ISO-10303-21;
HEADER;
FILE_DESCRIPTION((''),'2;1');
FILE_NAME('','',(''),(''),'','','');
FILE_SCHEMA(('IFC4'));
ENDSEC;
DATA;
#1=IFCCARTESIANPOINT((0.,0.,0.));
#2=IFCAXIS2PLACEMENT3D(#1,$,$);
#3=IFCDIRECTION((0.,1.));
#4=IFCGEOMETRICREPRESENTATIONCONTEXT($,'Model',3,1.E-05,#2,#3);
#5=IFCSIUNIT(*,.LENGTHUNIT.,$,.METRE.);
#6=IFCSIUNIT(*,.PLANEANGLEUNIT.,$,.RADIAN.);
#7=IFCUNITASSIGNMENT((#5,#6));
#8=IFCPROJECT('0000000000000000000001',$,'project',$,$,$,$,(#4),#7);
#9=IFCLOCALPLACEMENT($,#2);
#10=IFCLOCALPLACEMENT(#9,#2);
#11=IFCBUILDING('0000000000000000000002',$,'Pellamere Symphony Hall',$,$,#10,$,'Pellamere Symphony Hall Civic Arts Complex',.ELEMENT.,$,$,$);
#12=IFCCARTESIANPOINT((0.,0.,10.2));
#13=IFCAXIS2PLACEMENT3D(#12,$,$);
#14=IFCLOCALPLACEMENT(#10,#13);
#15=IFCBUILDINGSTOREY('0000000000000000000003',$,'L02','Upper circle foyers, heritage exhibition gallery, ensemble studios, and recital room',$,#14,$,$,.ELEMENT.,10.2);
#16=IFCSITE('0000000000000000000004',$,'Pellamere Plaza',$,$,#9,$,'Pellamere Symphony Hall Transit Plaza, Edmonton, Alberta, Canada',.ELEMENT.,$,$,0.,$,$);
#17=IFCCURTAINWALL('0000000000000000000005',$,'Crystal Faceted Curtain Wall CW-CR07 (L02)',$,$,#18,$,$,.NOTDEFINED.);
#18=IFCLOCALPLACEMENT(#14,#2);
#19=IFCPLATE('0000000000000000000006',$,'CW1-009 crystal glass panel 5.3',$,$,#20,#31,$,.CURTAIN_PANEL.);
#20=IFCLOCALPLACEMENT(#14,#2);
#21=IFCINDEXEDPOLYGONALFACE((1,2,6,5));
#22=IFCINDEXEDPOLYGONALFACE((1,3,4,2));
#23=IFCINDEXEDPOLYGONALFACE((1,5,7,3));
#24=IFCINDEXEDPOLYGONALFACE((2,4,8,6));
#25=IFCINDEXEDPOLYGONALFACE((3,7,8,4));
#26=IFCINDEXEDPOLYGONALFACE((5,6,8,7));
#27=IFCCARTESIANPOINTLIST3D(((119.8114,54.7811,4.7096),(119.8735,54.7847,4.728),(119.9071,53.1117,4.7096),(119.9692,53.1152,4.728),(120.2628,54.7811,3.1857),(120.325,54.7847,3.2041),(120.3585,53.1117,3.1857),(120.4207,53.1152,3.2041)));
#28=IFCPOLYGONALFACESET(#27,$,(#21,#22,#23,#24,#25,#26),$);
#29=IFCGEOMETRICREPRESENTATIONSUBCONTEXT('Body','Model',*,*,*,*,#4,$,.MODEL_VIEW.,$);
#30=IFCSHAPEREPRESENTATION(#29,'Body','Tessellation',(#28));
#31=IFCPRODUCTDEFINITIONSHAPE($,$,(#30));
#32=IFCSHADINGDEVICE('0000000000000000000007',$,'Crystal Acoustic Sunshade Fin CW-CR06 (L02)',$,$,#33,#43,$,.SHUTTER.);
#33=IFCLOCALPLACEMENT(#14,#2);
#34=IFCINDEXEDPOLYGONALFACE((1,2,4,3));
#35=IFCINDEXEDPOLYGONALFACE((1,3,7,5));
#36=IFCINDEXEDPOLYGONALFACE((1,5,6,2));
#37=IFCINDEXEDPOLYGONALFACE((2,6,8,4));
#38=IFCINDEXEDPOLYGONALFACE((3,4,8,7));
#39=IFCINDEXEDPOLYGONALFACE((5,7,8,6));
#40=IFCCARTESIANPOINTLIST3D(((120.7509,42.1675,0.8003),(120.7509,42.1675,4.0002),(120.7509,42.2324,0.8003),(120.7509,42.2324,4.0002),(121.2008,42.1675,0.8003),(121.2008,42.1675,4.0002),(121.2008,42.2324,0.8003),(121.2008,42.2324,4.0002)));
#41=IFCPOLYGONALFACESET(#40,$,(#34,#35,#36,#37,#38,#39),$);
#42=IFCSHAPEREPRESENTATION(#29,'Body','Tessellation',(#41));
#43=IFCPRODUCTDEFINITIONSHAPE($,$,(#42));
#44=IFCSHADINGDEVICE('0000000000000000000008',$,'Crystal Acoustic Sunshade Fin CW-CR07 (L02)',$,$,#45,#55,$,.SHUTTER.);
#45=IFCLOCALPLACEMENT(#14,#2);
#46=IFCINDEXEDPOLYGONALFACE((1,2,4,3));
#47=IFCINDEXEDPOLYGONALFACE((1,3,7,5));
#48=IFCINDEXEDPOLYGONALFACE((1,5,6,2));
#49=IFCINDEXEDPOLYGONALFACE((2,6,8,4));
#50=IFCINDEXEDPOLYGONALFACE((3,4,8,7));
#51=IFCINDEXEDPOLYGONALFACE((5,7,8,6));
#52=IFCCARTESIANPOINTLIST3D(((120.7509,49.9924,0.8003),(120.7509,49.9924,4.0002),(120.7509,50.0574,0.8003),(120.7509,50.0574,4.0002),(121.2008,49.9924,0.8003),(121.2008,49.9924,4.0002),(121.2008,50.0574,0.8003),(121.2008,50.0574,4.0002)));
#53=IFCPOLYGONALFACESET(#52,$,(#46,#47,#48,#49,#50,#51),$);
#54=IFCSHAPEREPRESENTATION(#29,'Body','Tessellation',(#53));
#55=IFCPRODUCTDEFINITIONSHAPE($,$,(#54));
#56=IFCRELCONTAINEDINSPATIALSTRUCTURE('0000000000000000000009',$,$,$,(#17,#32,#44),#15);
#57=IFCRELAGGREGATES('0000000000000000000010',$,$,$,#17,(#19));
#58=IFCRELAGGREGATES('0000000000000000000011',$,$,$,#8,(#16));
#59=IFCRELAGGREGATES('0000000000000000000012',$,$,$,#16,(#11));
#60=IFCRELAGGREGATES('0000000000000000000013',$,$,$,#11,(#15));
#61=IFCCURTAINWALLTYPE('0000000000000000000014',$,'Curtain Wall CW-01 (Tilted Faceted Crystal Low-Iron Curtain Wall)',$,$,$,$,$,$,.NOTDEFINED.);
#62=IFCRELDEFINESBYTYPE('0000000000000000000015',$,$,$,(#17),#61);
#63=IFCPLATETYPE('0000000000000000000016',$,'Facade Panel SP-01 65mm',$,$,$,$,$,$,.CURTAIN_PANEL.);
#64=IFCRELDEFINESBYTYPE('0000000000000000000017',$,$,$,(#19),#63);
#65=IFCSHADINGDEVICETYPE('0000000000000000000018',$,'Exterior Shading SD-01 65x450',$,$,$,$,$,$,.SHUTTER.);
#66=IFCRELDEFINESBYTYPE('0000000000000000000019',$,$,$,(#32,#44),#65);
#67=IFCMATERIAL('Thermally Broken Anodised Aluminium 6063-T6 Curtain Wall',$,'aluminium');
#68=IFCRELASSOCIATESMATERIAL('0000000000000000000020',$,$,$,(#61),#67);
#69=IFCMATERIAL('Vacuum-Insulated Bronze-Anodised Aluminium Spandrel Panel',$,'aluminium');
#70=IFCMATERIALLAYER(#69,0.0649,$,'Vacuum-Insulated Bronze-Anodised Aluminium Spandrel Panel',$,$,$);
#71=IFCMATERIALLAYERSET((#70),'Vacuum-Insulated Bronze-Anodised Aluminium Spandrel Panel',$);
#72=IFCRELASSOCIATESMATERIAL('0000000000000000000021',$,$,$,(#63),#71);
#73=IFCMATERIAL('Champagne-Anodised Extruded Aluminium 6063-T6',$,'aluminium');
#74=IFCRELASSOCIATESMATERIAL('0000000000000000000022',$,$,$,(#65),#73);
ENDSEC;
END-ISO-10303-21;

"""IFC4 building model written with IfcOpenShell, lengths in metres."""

from ifc_helpers import new_model, si_unit, direction, frame, origin, origin_2d, place, context, subcontext, project, spatial, polyline, rectangle, outline, extrude, material, layer, layer_set, type_object, element, aggregate, save


model = new_model("IFC4")

# Units and contexts
model_context = context("Model", 3, precision=1e-05, world=origin(), true_north=direction((0.0, 1.0)))
body_context = subcontext(model_context, "Body", "Model", "MODEL_VIEW")
ifc_project = project(units=[si_unit("LENGTHUNIT", "METRE"), si_unit("PLANEANGLEUNIT", "RADIAN")], contexts=[model_context])

# Site, building, storey
site_placement = place(None, origin())
site = spatial("IfcSite", under=ifc_project, at=site_placement, Name="Pellamere Plaza", LongName="Pellamere Symphony Hall Transit Plaza, Edmonton, Alberta, Canada", CompositionType="ELEMENT", RefElevation=0.0)
building_placement = place(site_placement, origin())
building = spatial("IfcBuilding", under=site, at=building_placement, Name="Pellamere Symphony Hall", LongName="Pellamere Symphony Hall Civic Arts Complex", CompositionType="ELEMENT")
storey_placement = place(building_placement, frame((0.0, 0.0, 10.2)))
storey = spatial("IfcBuildingStorey", under=building, at=storey_placement, Name="L02", Description="Upper circle foyers, heritage exhibition gallery, ensemble studios, and recital room", CompositionType="ELEMENT", Elevation=10.2)

# Curtain wall
ifc_material_1 = material(Name="Thermally Broken Anodised Aluminium 6063-T6 Curtain Wall", Category="aluminium")
curtain_wall_type = type_object("IfcCurtainWallType", Name="Curtain Wall CW-01 (Tilted Faceted Crystal Low-Iron Curtain Wall)", PredefinedType="NOTDEFINED", material=ifc_material_1)
curtain_wall_1_placement = place(storey_placement, origin())
curtain_wall_1 = element("IfcCurtainWall", 1, at=curtain_wall_1_placement, inside=storey, type_object=curtain_wall_type, Name="Crystal Faceted Curtain Wall CW-CR07 (L02)", PredefinedType="NOTDEFINED")

# Plate
ifc_material_2 = material(Name="Vacuum-Insulated Bronze-Anodised Aluminium Spandrel Panel", Category="aluminium")
ifc_layer_1 = layer(ifc_material_2, 0.0649, Name="Vacuum-Insulated Bronze-Anodised Aluminium Spandrel Panel")
ifc_layer_set_1 = layer_set([ifc_layer_1], Name="Vacuum-Insulated Bronze-Anodised Aluminium Spandrel Panel")
plate_type_1 = type_object("IfcPlateType", Name="Facade Panel SP-01 65mm", PredefinedType="CURTAIN_PANEL", material=ifc_layer_set_1)
plate_1_placement = place(storey_placement, frame((120.4207, 53.1152, 3.2041), z_axis=(0.957373, 0.054883, 0.283592), x_axis=(-0.057233, 0.998361, 0.0)))
plate_1 = element("IfcPlate", 2, at=plate_1_placement, type_object=plate_type_1, Name="CW1-009 crystal glass panel 5.3", PredefinedType="CURTAIN_PANEL", context=body_context, shape_type="SweptSolid", body=[
    extrude(outline(polyline([(0.0, 0.0), (1.6722, 0.0), (1.698, 1.5892), (0.0258, 1.5892), (0.0, 0.0)])), origin(), (0.0, 0.0, -1.0), 0.0649),
])
aggregate(curtain_wall_1, [plate_1])

# Shading devices
ifc_material_3 = material(Name="Champagne-Anodised Extruded Aluminium 6063-T6", Category="aluminium")
shading_device_type = type_object("IfcShadingDeviceType", Name="Exterior Shading SD-01 65x450", PredefinedType="SHUTTER", material=ifc_material_3)
for number, where, z_axis, x_axis, name in (
    (3, (120.9758, 42.2, 0.8003), (0.0, 0.0, 1.0), (0.0, 1.0, 0.0), "Crystal Acoustic Sunshade Fin CW-CR06 (L02)"),
    (4, (120.9758, 50.0249, 0.8003), (0.0, 0.0, 1.0), (0.0, 1.0, 0.0), "Crystal Acoustic Sunshade Fin CW-CR07 (L02)"),
):
    element("IfcShadingDevice", number, at=place(storey_placement, frame(where, z_axis=z_axis, x_axis=x_axis)), inside=storey, type_object=shading_device_type, Name=name, PredefinedType="SHUTTER", context=body_context, shape_type="SweptSolid", body=[
        extrude(rectangle(XDim=0.0649, YDim=0.45, at=origin_2d()), origin(), (0.0, 0.0, 1.0), 3.2),
    ])

save(model, "model.ifc")
